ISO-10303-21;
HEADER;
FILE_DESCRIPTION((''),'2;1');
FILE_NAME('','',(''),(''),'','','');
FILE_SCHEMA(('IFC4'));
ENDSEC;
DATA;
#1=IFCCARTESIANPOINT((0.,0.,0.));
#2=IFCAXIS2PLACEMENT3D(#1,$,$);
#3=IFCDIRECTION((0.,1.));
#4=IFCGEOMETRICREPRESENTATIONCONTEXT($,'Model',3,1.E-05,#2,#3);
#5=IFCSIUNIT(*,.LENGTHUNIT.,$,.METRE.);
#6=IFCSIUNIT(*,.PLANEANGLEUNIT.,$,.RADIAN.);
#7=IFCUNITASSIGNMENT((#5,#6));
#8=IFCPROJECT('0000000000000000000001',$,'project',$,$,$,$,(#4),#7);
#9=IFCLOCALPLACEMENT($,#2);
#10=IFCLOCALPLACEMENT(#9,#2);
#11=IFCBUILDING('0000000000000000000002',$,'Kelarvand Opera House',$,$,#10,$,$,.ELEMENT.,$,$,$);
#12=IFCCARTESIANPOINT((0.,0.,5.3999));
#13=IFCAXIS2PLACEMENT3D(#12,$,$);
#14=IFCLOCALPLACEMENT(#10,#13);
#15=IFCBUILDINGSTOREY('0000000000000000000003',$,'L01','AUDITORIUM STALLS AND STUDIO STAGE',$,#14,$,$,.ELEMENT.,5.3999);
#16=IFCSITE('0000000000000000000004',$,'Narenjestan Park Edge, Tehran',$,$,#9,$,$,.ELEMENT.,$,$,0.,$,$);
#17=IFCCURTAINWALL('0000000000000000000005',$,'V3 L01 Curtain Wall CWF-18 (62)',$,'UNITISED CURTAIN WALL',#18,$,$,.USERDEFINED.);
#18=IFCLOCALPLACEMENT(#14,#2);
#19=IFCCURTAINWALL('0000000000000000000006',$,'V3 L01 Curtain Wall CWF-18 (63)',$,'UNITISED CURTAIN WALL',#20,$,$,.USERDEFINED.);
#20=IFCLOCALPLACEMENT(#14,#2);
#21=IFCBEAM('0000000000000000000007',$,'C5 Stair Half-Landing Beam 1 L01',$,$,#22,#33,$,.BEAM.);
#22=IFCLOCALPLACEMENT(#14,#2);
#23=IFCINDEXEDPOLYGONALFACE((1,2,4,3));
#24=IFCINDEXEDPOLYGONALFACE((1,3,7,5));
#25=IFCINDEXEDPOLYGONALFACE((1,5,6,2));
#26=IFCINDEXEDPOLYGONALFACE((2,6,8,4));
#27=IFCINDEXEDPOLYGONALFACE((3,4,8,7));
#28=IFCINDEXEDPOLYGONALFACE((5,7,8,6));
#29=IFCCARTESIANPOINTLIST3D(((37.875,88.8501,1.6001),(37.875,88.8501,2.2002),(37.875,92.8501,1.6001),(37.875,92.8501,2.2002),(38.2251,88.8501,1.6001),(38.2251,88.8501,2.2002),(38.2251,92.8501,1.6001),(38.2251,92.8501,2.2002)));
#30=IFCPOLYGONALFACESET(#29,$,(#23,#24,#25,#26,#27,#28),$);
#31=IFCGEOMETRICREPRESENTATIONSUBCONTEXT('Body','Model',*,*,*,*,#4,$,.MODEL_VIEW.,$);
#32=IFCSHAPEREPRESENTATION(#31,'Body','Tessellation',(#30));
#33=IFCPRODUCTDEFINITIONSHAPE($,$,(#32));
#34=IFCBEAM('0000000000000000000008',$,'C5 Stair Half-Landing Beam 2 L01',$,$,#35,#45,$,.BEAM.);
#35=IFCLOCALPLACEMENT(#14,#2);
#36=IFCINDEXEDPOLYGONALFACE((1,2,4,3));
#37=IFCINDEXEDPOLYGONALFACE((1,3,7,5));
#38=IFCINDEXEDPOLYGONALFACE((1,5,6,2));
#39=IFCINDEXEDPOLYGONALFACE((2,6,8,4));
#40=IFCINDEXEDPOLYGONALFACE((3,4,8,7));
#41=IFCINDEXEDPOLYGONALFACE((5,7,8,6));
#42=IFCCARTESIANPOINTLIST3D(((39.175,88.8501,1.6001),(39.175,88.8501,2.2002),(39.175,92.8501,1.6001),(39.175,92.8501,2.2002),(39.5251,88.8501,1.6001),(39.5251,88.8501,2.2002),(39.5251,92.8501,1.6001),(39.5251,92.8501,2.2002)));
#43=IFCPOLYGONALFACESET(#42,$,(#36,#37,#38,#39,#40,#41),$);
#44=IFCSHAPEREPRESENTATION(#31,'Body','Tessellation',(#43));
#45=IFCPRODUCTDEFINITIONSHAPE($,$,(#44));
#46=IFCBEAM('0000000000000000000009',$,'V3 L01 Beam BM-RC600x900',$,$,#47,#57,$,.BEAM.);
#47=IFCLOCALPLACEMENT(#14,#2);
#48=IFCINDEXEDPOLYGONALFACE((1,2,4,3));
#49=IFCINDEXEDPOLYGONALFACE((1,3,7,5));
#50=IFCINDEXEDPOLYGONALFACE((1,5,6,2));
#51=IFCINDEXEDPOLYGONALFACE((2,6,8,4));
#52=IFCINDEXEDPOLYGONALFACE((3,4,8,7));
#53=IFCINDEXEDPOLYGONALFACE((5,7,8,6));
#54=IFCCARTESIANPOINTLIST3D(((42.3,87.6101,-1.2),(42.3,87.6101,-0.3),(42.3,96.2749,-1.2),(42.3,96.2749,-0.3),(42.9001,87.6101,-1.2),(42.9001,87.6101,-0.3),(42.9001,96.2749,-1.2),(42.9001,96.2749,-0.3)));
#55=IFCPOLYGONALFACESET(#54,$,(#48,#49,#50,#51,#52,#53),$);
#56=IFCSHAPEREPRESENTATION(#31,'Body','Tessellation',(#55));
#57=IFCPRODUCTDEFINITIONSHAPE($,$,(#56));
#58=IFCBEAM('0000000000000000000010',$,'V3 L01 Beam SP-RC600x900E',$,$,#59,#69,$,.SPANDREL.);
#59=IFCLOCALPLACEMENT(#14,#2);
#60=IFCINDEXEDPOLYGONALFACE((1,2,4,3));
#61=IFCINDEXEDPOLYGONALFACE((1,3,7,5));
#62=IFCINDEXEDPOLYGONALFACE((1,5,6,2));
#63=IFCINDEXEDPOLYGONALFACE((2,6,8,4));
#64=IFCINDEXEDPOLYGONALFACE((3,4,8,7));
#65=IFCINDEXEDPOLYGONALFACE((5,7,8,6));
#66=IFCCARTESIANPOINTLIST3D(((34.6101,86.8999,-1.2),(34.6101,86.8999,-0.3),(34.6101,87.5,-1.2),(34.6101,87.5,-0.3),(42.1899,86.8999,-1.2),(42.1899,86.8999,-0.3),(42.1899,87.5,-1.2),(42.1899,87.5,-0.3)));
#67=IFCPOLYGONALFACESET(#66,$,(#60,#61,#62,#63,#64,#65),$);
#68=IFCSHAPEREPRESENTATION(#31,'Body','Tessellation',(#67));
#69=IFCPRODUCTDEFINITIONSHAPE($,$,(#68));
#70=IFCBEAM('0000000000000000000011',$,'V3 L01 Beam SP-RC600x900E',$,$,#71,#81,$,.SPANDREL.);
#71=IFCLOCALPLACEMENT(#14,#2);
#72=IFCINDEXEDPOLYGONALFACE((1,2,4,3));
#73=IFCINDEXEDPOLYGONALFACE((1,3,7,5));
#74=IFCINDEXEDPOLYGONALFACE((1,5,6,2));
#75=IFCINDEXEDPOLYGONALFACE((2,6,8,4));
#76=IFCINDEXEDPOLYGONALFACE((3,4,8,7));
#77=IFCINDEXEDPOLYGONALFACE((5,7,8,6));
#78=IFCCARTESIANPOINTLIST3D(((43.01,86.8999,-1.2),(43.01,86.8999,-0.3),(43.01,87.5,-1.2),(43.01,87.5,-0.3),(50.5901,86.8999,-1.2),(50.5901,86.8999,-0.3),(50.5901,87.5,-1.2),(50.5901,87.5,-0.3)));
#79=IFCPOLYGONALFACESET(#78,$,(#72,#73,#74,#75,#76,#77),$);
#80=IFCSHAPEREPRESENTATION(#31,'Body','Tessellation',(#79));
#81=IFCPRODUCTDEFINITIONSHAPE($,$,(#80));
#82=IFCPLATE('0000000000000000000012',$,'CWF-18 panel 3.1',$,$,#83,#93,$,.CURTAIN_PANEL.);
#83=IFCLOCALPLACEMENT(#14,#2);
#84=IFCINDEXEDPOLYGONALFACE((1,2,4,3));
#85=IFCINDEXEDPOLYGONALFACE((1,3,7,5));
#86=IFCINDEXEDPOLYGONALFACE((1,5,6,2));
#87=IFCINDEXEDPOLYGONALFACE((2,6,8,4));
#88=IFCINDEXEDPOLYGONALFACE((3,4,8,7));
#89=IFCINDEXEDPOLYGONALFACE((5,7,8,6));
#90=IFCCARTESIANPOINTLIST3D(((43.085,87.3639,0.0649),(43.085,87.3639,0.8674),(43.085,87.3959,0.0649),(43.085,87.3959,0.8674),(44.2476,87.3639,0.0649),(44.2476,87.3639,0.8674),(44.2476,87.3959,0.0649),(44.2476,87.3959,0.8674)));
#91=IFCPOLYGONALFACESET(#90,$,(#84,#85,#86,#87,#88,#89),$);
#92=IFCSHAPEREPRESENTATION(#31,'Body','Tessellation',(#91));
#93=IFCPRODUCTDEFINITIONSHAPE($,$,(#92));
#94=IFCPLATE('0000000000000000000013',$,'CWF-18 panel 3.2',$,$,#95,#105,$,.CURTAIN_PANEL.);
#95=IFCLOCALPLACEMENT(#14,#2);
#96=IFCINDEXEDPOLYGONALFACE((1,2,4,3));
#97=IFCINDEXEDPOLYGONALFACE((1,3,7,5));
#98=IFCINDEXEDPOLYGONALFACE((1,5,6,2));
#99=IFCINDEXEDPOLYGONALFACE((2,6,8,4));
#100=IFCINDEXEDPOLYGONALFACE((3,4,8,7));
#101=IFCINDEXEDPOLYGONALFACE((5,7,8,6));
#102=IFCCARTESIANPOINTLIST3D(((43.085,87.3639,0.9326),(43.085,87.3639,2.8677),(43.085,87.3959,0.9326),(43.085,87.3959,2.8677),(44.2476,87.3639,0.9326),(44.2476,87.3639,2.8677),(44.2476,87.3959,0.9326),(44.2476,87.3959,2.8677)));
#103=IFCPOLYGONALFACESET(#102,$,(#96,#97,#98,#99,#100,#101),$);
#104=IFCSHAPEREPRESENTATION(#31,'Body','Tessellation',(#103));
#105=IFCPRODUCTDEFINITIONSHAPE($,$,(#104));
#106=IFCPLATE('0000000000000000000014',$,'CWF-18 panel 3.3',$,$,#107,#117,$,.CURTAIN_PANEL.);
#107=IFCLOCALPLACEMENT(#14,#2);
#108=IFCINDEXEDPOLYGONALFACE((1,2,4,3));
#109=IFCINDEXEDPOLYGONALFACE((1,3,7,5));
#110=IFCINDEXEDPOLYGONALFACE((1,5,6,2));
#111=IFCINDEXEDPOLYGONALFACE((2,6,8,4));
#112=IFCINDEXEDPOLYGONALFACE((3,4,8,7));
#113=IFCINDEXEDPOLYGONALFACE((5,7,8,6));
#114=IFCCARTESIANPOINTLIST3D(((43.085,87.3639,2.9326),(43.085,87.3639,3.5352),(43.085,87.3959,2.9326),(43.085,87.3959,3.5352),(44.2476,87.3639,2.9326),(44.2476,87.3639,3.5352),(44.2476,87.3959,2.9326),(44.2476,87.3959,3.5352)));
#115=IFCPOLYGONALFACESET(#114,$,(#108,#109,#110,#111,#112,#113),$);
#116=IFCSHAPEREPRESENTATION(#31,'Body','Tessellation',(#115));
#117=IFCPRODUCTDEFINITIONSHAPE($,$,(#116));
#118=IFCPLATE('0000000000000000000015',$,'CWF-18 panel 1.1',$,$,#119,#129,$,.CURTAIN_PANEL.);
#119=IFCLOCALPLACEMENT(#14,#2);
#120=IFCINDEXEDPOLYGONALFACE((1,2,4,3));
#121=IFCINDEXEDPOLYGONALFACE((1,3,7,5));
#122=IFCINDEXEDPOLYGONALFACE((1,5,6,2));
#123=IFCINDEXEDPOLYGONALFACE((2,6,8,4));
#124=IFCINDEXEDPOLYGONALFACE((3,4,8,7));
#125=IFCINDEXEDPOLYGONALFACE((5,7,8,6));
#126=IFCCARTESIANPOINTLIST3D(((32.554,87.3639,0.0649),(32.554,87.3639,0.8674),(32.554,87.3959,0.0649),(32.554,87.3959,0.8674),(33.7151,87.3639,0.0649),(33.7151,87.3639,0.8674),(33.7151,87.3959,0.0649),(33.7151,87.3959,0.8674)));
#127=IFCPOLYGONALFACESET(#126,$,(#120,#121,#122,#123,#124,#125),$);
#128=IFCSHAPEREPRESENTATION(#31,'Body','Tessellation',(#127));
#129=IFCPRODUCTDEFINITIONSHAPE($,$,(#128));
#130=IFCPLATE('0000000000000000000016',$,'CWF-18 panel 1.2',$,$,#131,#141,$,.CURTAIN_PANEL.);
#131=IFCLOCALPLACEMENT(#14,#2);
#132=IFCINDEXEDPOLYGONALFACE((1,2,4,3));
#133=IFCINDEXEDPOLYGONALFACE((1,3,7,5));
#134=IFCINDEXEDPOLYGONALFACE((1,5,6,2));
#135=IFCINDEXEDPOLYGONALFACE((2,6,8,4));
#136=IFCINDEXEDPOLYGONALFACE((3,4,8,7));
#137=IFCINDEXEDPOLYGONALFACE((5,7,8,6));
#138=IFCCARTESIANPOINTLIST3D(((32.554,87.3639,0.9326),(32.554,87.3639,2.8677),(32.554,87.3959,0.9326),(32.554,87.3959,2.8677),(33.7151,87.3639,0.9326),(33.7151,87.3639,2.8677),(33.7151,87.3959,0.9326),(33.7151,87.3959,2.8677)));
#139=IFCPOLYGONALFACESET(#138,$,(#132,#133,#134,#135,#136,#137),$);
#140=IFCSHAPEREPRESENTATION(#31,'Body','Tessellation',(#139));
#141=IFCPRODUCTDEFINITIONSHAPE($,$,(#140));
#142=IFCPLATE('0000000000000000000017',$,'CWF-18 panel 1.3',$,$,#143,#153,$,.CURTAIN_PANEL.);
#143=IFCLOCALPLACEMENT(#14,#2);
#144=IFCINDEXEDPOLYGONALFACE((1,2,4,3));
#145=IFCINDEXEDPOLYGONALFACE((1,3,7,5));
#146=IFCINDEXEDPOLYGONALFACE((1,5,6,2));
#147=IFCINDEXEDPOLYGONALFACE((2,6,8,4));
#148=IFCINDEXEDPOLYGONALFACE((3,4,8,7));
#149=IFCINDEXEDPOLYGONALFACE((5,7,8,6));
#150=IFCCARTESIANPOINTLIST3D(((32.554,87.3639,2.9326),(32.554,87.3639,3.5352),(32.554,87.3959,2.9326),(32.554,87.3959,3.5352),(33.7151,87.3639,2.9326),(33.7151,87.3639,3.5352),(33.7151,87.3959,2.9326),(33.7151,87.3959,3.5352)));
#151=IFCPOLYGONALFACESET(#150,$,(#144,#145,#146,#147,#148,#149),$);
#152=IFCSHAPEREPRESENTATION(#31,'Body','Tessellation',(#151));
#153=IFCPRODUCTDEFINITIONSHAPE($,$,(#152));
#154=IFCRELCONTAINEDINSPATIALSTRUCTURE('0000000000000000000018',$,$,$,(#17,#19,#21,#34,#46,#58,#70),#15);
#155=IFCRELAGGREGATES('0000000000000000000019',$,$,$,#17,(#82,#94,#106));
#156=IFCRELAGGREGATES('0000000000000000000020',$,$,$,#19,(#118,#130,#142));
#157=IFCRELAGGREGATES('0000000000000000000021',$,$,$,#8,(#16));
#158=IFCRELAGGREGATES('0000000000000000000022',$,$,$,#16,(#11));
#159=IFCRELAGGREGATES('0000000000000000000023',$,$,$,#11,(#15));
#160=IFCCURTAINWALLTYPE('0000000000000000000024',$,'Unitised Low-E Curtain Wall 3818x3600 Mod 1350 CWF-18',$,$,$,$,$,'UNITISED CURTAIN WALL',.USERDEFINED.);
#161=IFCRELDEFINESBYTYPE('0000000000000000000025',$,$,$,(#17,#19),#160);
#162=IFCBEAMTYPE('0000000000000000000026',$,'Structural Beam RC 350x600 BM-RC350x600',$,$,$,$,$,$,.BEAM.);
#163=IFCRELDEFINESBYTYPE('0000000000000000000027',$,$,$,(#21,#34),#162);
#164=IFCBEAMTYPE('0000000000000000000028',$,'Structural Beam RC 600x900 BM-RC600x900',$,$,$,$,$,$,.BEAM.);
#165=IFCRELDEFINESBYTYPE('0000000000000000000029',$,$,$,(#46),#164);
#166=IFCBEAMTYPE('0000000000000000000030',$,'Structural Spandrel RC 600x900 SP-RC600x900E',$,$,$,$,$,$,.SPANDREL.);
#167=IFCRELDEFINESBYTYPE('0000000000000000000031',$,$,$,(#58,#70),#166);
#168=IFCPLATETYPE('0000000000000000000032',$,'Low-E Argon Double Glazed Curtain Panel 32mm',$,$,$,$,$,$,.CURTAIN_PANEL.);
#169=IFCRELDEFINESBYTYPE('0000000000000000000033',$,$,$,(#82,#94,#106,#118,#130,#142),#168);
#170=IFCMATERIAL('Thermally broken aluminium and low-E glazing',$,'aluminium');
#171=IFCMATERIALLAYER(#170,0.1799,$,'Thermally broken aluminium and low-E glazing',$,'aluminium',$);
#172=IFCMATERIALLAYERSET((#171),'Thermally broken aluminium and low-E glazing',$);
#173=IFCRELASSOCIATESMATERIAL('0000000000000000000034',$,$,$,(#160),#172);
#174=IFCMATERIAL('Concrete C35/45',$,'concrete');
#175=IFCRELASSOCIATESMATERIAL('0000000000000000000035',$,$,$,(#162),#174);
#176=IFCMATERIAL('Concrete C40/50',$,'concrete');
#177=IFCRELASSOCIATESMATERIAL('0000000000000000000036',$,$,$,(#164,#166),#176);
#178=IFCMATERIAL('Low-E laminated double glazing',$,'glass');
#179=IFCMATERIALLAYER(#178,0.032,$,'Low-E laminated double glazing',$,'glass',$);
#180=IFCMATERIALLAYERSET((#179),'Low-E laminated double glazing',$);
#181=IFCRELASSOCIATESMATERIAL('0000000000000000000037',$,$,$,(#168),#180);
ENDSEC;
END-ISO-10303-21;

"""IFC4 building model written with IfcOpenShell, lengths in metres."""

from ifc_helpers import new_model, si_unit, direction, frame, origin, origin_2d, place, context, subcontext, project, spatial, rectangle, extrude, material, layer, layer_set, material_profile, profile_set, type_object, element, aggregate, save


model = new_model("IFC4")

# Units and contexts
model_context = context("Model", 3, precision=1e-05, world=origin(), true_north=direction((0.0, 1.0)))
body_context = subcontext(model_context, "Body", "Model", "MODEL_VIEW")
ifc_project = project(units=[si_unit("LENGTHUNIT", "METRE"), si_unit("PLANEANGLEUNIT", "RADIAN")], contexts=[model_context])

# Site, building, storey
site_placement = place(None, origin())
site = spatial("IfcSite", under=ifc_project, at=site_placement, Name="Narenjestan Park Edge, Tehran", CompositionType="ELEMENT", RefElevation=0.0)
building_placement = place(site_placement, origin())
building = spatial("IfcBuilding", under=site, at=building_placement, Name="Kelarvand Opera House", CompositionType="ELEMENT")
storey_placement = place(building_placement, frame((0.0, 0.0, 5.3999)))
storey = spatial("IfcBuildingStorey", under=building, at=storey_placement, Name="L01", Description="AUDITORIUM STALLS AND STUDIO STAGE", CompositionType="ELEMENT", Elevation=5.3999)

# Shared definitions
ifc_material_1 = material(Name="Concrete C40/50", Category="concrete")

# Curtain wall
ifc_material_2 = material(Name="Thermally broken aluminium and low-E glazing", Category="aluminium")
ifc_layer_1 = layer(ifc_material_2, 0.1799, Name="Thermally broken aluminium and low-E glazing", Category="aluminium")
ifc_layer_set_1 = layer_set([ifc_layer_1], Name="Thermally broken aluminium and low-E glazing")
curtain_wall_type = type_object("IfcCurtainWallType", Name="Unitised Low-E Curtain Wall 3818x3600 Mod 1350 CWF-18", ElementType="UNITISED CURTAIN WALL", PredefinedType="USERDEFINED", material=ifc_layer_set_1)
curtain_wall_1_placement = place(storey_placement, origin())
curtain_wall_1 = element("IfcCurtainWall", 1, at=curtain_wall_1_placement, inside=storey, type_object=curtain_wall_type, Name="V3 L01 Curtain Wall CWF-18 (62)", ObjectType="UNITISED CURTAIN WALL", PredefinedType="USERDEFINED")

# Curtain wall
curtain_wall_2_placement = place(storey_placement, origin())
curtain_wall_2 = element("IfcCurtainWall", 2, at=curtain_wall_2_placement, inside=storey, type_object=curtain_wall_type, Name="V3 L01 Curtain Wall CWF-18 (63)", ObjectType="UNITISED CURTAIN WALL", PredefinedType="USERDEFINED")

# Beams
ifc_material_3 = material(Name="Concrete C35/45", Category="concrete")
ifc_material_profile_1 = material_profile(ifc_material_3, rectangle(XDim=0.3501, YDim=0.6001, at=origin_2d()), Name="RC 350x600", Category="concrete")
ifc_profile_set_1 = profile_set([ifc_material_profile_1], Name="Concrete C35/45")
beam_type_1 = type_object("IfcBeamType", Name="Structural Beam RC 350x600 BM-RC350x600", PredefinedType="BEAM", material=ifc_profile_set_1)
for number, where, z_axis, x_axis, name in (
    (3, (38.05, 88.8501, 1.9001), (0.0, 1.0, 0.0), (-1.0, 0.0, 0.0), "C5 Stair Half-Landing Beam 1 L01"),
    (4, (39.3501, 88.8501, 1.9001), (0.0, 1.0, 0.0), (-1.0, 0.0, 0.0), "C5 Stair Half-Landing Beam 2 L01"),
):
    element("IfcBeam", number, at=place(storey_placement, frame(where, z_axis=z_axis, x_axis=x_axis)), inside=storey, type_object=beam_type_1, Name=name, PredefinedType="BEAM", context=body_context, shape_type="SweptSolid", body=[
        extrude(rectangle(XDim=0.3501, YDim=0.6001, at=origin_2d()), origin(), (0.0, 0.0, 1.0), 4.0),
    ])
ifc_material_profile_2 = material_profile(ifc_material_1, rectangle(XDim=0.6001, YDim=0.8999, at=origin_2d()), Name="RC 600x900", Category="concrete")
ifc_profile_set_2 = profile_set([ifc_material_profile_2], Name="Concrete C40/50")
beam_type_2 = type_object("IfcBeamType", Name="Structural Beam RC 600x900 BM-RC600x900", PredefinedType="BEAM", material=ifc_profile_set_2)
beam_1_placement = place(storey_placement, frame((42.6001, 87.6101, -0.75), z_axis=(0.0, 1.0, 0.0), x_axis=(-1.0, 0.0, 0.0)))
element("IfcBeam", 5, at=beam_1_placement, inside=storey, type_object=beam_type_2, Name="V3 L01 Beam BM-RC600x900", PredefinedType="BEAM", context=body_context, shape_type="SweptSolid", body=[
    extrude(rectangle(XDim=0.6001, YDim=0.8999, at=origin_2d()), origin(), (0.0, 0.0, 1.0), 8.6648),
])
ifc_material_profile_3 = material_profile(ifc_material_1, rectangle(XDim=0.6001, YDim=0.8999, at=origin_2d()), Name="RC 600x900", Category="concrete")
ifc_profile_set_3 = profile_set([ifc_material_profile_3], Name="Concrete C40/50")
beam_type_3 = type_object("IfcBeamType", Name="Structural Spandrel RC 600x900 SP-RC600x900E", PredefinedType="SPANDREL", material=ifc_profile_set_3)
beam_2_placement = place(storey_placement, frame((34.6101, 87.2, -0.75), z_axis=(1.0, 0.0, 0.0), x_axis=(0.0, 1.0, 0.0)))
element("IfcBeam", 6, at=beam_2_placement, inside=storey, type_object=beam_type_3, Name="V3 L01 Beam SP-RC600x900E", PredefinedType="SPANDREL", context=body_context, shape_type="SweptSolid", body=[
    extrude(rectangle(XDim=0.6001, YDim=0.8999, at=origin_2d()), origin(), (0.0, 0.0, 1.0), 7.5798),
])
beam_3_placement = place(storey_placement, frame((43.01, 87.2, -0.75), z_axis=(1.0, 0.0, 0.0), x_axis=(0.0, 1.0, 0.0)))
element("IfcBeam", 7, at=beam_3_placement, inside=storey, type_object=beam_type_3, Name="V3 L01 Beam SP-RC600x900E", PredefinedType="SPANDREL", context=body_context, shape_type="SweptSolid", body=[
    extrude(rectangle(XDim=0.6001, YDim=0.8999, at=origin_2d()), origin(), (0.0, 0.0, 1.0), 7.5801),
])

# Plates
ifc_material_4 = material(Name="Low-E laminated double glazing", Category="glass")
ifc_layer_2 = layer(ifc_material_4, 0.032, Name="Low-E laminated double glazing", Category="glass")
ifc_layer_set_2 = layer_set([ifc_layer_2], Name="Low-E laminated double glazing")
plate_type = type_object("IfcPlateType", Name="Low-E Argon Double Glazed Curtain Panel 32mm", PredefinedType="CURTAIN_PANEL", material=ifc_layer_set_2)
plate_1_placement = place(storey_placement, frame((43.6663, 87.3799, 0.0649), z_axis=(0.0, 0.0, 1.0), x_axis=(-1.0, 0.0, 0.0)))
plate_1 = element("IfcPlate", 8, at=plate_1_placement, type_object=plate_type, Name="CWF-18 panel 3.1", PredefinedType="CURTAIN_PANEL", context=body_context, shape_type="SweptSolid", body=[
    extrude(rectangle(XDim=1.1626, YDim=0.032, at=origin_2d()), origin(), (0.0, 0.0, 1.0), 0.8025),
])
plate_2_placement = place(storey_placement, frame((43.6663, 87.3799, 0.9326), z_axis=(0.0, 0.0, 1.0), x_axis=(-1.0, 0.0, 0.0)))
plate_2 = element("IfcPlate", 9, at=plate_2_placement, type_object=plate_type, Name="CWF-18 panel 3.2", PredefinedType="CURTAIN_PANEL", context=body_context, shape_type="SweptSolid", body=[
    extrude(rectangle(XDim=1.1626, YDim=0.032, at=origin_2d()), origin(), (0.0, 0.0, 1.0), 1.9351),
])
plate_3_placement = place(storey_placement, frame((43.6663, 87.3799, 2.9326), z_axis=(0.0, 0.0, 1.0), x_axis=(-1.0, 0.0, 0.0)))
plate_3 = element("IfcPlate", 10, at=plate_3_placement, type_object=plate_type, Name="CWF-18 panel 3.3", PredefinedType="CURTAIN_PANEL", context=body_context, shape_type="SweptSolid", body=[
    extrude(rectangle(XDim=1.1626, YDim=0.032, at=origin_2d()), origin(), (0.0, 0.0, 1.0), 0.6025),
])
aggregate(curtain_wall_1, [plate_1, plate_2, plate_3])
plate_4_placement = place(storey_placement, frame((33.1345, 87.3799, 0.0649), z_axis=(0.0, 0.0, 1.0), x_axis=(-1.0, 0.0, 0.0)))
plate_4 = element("IfcPlate", 11, at=plate_4_placement, type_object=plate_type, Name="CWF-18 panel 1.1", PredefinedType="CURTAIN_PANEL", context=body_context, shape_type="SweptSolid", body=[
    extrude(rectangle(XDim=1.1611, YDim=0.032, at=origin_2d()), origin(), (0.0, 0.0, 1.0), 0.8025),
])
plate_5_placement = place(storey_placement, frame((33.1345, 87.3799, 0.9326), z_axis=(0.0, 0.0, 1.0), x_axis=(-1.0, 0.0, 0.0)))
plate_5 = element("IfcPlate", 12, at=plate_5_placement, type_object=plate_type, Name="CWF-18 panel 1.2", PredefinedType="CURTAIN_PANEL", context=body_context, shape_type="SweptSolid", body=[
    extrude(rectangle(XDim=1.1611, YDim=0.032, at=origin_2d()), origin(), (0.0, 0.0, 1.0), 1.9351),
])
plate_6_placement = place(storey_placement, frame((33.1345, 87.3799, 2.9326), z_axis=(0.0, 0.0, 1.0), x_axis=(-1.0, 0.0, 0.0)))
plate_6 = element("IfcPlate", 13, at=plate_6_placement, type_object=plate_type, Name="CWF-18 panel 1.3", PredefinedType="CURTAIN_PANEL", context=body_context, shape_type="SweptSolid", body=[
    extrude(rectangle(XDim=1.1611, YDim=0.032, at=origin_2d()), origin(), (0.0, 0.0, 1.0), 0.6025),
])
aggregate(curtain_wall_2, [plate_4, plate_5, plate_6])

save(model, "model.ifc")
